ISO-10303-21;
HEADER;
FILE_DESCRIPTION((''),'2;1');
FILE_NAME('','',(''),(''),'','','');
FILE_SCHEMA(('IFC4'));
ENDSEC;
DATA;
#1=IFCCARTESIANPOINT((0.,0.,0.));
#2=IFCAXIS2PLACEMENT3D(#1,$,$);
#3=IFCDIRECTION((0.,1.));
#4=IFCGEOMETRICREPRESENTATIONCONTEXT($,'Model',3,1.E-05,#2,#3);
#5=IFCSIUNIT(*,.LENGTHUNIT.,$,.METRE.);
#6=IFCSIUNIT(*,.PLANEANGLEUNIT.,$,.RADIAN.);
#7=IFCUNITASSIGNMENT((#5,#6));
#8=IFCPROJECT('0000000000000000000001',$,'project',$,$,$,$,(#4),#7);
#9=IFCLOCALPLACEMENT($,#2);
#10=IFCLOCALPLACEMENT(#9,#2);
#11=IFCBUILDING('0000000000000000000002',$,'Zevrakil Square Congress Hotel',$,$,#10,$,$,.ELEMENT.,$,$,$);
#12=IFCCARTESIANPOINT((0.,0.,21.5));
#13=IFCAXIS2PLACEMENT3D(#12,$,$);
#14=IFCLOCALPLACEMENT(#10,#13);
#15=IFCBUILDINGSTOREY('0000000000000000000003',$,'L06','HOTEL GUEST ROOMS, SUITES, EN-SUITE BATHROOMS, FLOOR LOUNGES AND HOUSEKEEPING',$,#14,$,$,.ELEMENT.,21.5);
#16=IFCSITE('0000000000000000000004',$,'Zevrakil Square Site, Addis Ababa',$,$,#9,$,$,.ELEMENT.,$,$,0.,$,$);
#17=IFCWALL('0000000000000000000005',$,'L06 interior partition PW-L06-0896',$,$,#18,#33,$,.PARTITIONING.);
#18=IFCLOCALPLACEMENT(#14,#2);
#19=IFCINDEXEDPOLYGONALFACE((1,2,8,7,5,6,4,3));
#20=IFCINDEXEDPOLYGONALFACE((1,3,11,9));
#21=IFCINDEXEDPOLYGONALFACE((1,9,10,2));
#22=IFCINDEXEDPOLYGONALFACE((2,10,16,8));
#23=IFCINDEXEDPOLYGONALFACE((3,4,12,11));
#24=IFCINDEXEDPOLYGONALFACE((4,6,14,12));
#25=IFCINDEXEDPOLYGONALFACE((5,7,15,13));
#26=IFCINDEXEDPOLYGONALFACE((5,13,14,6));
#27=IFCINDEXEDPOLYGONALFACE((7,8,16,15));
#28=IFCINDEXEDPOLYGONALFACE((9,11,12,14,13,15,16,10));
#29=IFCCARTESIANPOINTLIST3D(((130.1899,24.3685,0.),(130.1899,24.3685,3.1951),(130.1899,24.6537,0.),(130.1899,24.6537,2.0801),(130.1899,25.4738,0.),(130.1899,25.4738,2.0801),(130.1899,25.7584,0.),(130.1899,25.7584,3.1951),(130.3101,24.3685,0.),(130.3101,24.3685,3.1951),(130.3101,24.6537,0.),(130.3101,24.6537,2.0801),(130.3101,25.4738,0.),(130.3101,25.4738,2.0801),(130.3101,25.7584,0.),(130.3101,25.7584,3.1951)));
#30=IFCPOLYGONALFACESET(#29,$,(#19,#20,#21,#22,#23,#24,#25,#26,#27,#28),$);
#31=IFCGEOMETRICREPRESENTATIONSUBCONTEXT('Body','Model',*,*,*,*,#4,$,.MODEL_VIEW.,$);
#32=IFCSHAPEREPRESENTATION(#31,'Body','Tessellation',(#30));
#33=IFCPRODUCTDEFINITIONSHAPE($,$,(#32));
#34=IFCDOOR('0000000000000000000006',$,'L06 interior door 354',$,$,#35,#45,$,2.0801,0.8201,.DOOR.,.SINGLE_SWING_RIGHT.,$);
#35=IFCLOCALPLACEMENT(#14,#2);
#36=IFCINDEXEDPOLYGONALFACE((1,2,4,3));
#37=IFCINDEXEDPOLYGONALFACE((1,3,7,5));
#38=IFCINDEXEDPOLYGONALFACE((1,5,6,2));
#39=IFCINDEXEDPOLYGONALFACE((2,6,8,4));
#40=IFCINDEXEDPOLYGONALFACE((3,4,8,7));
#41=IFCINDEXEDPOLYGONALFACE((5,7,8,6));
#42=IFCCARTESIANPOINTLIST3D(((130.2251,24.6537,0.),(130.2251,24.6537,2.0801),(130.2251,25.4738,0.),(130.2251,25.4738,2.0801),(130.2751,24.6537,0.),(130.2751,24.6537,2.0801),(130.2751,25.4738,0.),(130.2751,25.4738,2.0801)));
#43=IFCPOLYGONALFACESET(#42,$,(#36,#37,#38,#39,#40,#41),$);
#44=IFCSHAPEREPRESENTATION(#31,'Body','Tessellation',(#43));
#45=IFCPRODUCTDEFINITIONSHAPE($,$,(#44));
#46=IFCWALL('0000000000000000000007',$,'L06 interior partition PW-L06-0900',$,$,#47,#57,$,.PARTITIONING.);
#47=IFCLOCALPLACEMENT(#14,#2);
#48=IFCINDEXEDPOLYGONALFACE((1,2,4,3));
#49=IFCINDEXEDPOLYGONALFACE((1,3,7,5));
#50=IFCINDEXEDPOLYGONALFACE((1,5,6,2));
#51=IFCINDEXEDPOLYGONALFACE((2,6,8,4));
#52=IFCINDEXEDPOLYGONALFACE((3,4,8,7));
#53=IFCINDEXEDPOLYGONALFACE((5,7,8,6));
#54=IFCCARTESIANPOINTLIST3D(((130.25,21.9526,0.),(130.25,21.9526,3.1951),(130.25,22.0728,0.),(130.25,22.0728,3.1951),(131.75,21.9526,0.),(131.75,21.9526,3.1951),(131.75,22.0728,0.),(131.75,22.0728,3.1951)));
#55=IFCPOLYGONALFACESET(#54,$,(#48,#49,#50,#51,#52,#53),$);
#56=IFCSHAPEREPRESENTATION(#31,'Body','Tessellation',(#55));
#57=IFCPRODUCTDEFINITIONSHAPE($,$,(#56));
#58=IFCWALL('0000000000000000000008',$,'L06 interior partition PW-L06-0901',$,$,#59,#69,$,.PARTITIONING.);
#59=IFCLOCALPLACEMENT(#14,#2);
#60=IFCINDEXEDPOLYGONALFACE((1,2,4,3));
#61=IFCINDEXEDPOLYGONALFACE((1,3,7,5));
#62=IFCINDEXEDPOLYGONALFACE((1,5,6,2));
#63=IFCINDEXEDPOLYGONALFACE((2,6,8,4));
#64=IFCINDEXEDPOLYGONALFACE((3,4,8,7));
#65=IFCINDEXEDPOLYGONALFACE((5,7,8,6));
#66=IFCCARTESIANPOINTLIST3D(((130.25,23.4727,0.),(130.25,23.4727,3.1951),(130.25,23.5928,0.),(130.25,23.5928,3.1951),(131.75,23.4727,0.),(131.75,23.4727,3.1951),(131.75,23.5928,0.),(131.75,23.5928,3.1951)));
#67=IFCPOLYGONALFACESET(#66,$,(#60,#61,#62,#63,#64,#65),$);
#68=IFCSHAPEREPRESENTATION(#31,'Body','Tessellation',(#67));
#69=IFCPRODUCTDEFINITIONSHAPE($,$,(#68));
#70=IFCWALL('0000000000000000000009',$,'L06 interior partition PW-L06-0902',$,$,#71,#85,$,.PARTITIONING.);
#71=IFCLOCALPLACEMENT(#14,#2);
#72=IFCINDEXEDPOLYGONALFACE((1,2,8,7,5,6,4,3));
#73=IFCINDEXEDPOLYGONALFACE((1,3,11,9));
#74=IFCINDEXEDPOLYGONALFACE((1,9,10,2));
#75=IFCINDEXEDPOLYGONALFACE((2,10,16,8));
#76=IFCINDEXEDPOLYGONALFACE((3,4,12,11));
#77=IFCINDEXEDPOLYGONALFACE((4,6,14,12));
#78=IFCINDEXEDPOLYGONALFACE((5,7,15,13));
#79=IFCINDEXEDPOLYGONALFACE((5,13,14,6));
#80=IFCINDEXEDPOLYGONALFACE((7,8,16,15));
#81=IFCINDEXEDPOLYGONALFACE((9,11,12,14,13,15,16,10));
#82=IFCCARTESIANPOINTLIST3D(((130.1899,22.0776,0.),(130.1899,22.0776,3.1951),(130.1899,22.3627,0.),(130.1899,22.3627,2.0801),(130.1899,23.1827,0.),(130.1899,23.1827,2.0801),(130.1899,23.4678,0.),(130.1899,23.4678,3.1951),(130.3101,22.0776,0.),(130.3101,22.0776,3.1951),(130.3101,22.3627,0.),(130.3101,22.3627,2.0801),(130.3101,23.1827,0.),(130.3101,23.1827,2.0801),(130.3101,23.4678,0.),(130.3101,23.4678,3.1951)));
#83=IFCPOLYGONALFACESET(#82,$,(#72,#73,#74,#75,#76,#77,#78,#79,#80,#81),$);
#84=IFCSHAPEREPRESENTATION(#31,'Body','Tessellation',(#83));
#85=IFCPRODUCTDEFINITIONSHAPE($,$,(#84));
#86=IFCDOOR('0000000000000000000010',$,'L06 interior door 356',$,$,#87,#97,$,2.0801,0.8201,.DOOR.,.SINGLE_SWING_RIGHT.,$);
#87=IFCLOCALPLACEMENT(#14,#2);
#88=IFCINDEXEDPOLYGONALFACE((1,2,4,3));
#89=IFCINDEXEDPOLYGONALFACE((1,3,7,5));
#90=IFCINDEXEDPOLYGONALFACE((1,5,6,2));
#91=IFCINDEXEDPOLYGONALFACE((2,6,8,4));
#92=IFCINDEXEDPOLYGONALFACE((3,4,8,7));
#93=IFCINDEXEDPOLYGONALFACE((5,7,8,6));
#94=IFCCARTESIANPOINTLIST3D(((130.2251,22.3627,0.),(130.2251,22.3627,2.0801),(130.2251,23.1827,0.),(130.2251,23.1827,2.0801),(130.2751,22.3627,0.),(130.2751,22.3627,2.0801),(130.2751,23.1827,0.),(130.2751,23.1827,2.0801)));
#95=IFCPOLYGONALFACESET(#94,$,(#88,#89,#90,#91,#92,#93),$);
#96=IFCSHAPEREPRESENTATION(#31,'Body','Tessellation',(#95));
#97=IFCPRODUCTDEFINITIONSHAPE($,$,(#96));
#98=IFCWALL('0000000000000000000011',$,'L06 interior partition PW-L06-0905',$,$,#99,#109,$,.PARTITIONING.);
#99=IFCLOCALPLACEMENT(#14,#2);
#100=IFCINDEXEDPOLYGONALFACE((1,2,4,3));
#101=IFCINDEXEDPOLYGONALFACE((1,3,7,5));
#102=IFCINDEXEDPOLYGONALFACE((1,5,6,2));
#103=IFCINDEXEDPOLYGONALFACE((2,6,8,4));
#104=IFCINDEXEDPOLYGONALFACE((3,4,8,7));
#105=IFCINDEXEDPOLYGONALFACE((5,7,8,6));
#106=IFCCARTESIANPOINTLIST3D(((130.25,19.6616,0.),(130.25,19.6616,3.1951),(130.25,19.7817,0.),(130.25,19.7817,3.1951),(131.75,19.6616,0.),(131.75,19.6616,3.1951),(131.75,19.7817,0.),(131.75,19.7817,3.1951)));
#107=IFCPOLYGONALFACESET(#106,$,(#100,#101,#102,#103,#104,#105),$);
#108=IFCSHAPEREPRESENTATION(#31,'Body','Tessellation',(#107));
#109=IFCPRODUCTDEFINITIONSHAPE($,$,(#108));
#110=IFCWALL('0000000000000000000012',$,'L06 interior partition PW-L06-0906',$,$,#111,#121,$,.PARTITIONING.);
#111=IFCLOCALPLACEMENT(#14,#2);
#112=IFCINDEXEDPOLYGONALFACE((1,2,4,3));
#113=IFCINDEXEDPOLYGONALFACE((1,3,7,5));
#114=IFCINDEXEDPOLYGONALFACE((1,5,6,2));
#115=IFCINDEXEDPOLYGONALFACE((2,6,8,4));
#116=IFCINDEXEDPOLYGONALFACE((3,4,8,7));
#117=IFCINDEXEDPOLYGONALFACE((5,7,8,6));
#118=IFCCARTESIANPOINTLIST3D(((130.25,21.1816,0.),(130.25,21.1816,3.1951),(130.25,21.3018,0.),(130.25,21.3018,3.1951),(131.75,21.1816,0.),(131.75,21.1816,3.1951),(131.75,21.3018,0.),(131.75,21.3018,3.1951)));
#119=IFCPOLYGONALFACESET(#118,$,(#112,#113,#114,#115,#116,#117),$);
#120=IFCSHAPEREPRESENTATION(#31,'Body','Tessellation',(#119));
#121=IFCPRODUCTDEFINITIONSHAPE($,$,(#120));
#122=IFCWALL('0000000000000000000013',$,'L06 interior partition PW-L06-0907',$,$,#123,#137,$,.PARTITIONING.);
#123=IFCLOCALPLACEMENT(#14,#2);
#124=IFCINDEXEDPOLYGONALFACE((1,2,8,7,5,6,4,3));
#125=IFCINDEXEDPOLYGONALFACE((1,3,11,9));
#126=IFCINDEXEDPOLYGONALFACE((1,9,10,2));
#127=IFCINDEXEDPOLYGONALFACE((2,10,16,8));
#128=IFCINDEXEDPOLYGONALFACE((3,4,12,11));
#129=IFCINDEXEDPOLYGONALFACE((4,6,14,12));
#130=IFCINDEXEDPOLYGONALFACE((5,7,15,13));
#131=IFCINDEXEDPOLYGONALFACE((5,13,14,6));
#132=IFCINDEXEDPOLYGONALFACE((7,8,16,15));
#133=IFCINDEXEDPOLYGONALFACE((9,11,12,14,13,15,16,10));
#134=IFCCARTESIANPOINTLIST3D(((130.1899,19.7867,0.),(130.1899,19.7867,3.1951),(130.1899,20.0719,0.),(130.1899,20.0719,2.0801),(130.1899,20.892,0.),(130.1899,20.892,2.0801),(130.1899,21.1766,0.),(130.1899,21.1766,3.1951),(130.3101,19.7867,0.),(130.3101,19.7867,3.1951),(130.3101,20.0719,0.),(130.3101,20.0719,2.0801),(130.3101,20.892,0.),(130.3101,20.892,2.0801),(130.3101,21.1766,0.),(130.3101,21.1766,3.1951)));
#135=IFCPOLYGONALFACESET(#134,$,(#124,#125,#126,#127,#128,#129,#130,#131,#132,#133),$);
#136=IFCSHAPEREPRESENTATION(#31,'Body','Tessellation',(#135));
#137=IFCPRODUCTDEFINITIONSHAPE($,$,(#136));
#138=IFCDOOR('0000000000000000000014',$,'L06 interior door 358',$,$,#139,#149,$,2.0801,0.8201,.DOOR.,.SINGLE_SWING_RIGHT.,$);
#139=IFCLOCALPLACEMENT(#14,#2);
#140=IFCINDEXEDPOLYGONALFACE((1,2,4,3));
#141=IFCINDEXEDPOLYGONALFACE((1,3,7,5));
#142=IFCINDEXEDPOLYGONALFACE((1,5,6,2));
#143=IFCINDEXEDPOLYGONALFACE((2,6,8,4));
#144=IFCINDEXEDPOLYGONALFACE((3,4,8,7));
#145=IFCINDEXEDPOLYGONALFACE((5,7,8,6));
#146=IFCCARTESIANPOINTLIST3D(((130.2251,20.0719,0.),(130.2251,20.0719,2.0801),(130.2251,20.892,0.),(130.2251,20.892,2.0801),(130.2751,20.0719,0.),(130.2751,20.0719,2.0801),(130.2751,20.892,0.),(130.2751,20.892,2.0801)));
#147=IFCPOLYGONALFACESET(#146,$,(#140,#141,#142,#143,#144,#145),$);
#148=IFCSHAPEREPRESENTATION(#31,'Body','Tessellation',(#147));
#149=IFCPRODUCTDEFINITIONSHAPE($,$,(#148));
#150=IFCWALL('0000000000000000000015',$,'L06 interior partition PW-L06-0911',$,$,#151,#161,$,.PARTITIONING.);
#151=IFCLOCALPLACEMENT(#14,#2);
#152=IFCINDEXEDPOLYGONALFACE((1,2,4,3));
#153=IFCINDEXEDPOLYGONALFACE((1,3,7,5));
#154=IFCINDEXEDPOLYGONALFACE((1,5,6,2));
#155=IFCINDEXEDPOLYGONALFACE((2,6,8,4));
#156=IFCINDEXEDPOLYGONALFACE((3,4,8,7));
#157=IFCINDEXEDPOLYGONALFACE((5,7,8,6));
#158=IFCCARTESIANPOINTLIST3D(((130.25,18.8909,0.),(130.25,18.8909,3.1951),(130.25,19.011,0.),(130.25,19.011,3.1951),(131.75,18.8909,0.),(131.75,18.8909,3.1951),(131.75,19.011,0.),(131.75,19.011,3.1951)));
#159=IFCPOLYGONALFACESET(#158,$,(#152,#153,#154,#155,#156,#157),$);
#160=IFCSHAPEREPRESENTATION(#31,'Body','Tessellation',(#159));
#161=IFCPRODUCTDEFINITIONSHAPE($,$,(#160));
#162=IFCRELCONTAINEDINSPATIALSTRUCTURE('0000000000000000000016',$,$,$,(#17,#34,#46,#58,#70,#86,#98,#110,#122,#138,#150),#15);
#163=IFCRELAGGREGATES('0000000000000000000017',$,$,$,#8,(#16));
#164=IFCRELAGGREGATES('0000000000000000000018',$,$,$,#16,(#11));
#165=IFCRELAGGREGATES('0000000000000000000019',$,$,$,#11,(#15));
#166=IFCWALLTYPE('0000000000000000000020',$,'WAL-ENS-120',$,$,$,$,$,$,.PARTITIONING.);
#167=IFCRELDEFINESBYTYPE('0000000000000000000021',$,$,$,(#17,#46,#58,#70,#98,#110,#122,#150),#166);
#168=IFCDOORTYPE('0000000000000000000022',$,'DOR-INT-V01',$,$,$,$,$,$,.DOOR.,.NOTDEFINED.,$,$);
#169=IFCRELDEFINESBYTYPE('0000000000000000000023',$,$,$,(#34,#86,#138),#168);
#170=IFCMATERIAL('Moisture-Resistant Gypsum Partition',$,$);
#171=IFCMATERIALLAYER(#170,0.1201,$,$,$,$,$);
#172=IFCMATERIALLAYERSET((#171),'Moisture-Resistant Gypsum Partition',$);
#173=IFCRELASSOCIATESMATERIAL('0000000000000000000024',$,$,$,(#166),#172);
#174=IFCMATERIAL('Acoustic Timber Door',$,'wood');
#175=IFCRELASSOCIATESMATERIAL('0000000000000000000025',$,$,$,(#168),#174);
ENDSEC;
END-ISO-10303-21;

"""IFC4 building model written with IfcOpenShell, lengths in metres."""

from ifc_helpers import new_model, si_unit, direction, frame, frame_2d, origin, place, context, subcontext, project, spatial, rectangle, extrude, material, layer, layer_set, type_object, element, fill, save


model = new_model("IFC4")

# Units and contexts
model_context = context("Model", 3, precision=1e-05, world=origin(), true_north=direction((0.0, 1.0)))
body_context = subcontext(model_context, "Body", "Model", "MODEL_VIEW")
ifc_project = project(units=[si_unit("LENGTHUNIT", "METRE"), si_unit("PLANEANGLEUNIT", "RADIAN")], contexts=[model_context])

# Site, building, storey
site_placement = place(None, origin())
site = spatial("IfcSite", under=ifc_project, at=site_placement, Name="Zevrakil Square Site, Addis Ababa", CompositionType="ELEMENT", RefElevation=0.0)
building_placement = place(site_placement, origin())
building = spatial("IfcBuilding", under=site, at=building_placement, Name="Zevrakil Square Congress Hotel", CompositionType="ELEMENT")
storey_placement = place(building_placement, frame((0.0, 0.0, 21.5)))
storey = spatial("IfcBuildingStorey", under=building, at=storey_placement, Name="L06", Description="HOTEL GUEST ROOMS, SUITES, EN-SUITE BATHROOMS, FLOOR LOUNGES AND HOUSEKEEPING", CompositionType="ELEMENT", Elevation=21.5)

# Shared definitions
ifc_material_1 = material(Name="Moisture-Resistant Gypsum Partition")
ifc_layer = layer(ifc_material_1, 0.1201)
ifc_layer_set = layer_set([ifc_layer], Name="Moisture-Resistant Gypsum Partition")
wall_type = type_object("IfcWallType", Name="WAL-ENS-120", PredefinedType="PARTITIONING", material=ifc_layer_set)

# Shared definitions
ifc_material_2 = material(Name="Acoustic Timber Door", Category="wood")
door_type = type_object("IfcDoorType", Name="DOR-INT-V01", OperationType="NOTDEFINED", PredefinedType="DOOR", material=ifc_material_2)

# Wall, opening, door
wall_1_placement = place(storey_placement, frame((130.25, 24.3687, 0.0), z_axis=(0.0, 0.0, 1.0), x_axis=(0.0, 1.0, 0.0)))
wall_1 = element("IfcWall", 1, at=wall_1_placement, inside=storey, type_object=wall_type, Name="L06 interior partition PW-L06-0896", PredefinedType="PARTITIONING", context=body_context, shape_type="SweptSolid", body=[
    extrude(rectangle(XDim=1.3899, YDim=0.1201, at=frame_2d((0.6948, 0.0))), origin(), (0.0, 0.0, 1.0), 3.1951),
])
opening_1_placement = place(wall_1_placement, frame((0.2849, 0.0, 0.0)))
opening_1 = element("IfcOpeningElement", 2, at=opening_1_placement, cuts=wall_1, PredefinedType="OPENING", context=body_context, shape_type="SweptSolid", body=[
    extrude(rectangle(XDim=0.8201, YDim=2.0801, at=frame_2d((0.4102, 1.04))), frame((0.0, 0.0701, 0.0), z_axis=(0.0, -1.0, 0.0), x_axis=(1.0, 0.0, 0.0)), (0.0, 0.0, 1.0), 0.1401),
])
door_1_placement = place(opening_1_placement, origin())
door_1 = element("IfcDoor", 3, at=door_1_placement, inside=storey, type_object=door_type, Name="L06 interior door 354", OperationType="SINGLE_SWING_RIGHT", OverallHeight=2.0801, OverallWidth=0.8201, PredefinedType="DOOR", context=body_context, shape_type="SweptSolid", body=[
    extrude(rectangle(XDim=0.8201, YDim=2.0801, at=frame_2d((0.4102, 1.04))), frame((0.0, 0.0249, 0.0), z_axis=(0.0, -1.0, 0.0), x_axis=(1.0, 0.0, 0.0)), (0.0, 0.0, 1.0), 0.05),
])
fill(opening_1, door_1)

# Walls
for number, where, z_axis, x_axis, name in (
    (4, (130.25, 22.0127, 0.0), (0.0, 0.0, 1.0), (1.0, 0.0, 0.0), "L06 interior partition PW-L06-0900"),
    (5, (130.25, 23.5327, 0.0), (0.0, 0.0, 1.0), (1.0, 0.0, 0.0), "L06 interior partition PW-L06-0901"),
):
    element("IfcWall", number, at=place(storey_placement, frame(where, z_axis=z_axis, x_axis=x_axis)), inside=storey, type_object=wall_type, Name=name, PredefinedType="PARTITIONING", context=body_context, shape_type="SweptSolid", body=[
        extrude(rectangle(XDim=1.5, YDim=0.1201, at=frame_2d((0.75, 0.0))), origin(), (0.0, 0.0, 1.0), 3.1951),
    ])

# Wall, opening, door
wall_2_placement = place(storey_placement, frame((130.25, 22.0776, 0.0), z_axis=(0.0, 0.0, 1.0), x_axis=(0.0, 1.0, 0.0)))
wall_2 = element("IfcWall", 6, at=wall_2_placement, inside=storey, type_object=wall_type, Name="L06 interior partition PW-L06-0902", PredefinedType="PARTITIONING", context=body_context, shape_type="SweptSolid", body=[
    extrude(rectangle(XDim=1.3901, YDim=0.1201, at=frame_2d((0.6951, 0.0))), origin(), (0.0, 0.0, 1.0), 3.1951),
])
opening_2_placement = place(wall_2_placement, frame((0.2849, 0.0, 0.0)))
opening_2 = element("IfcOpeningElement", 7, at=opening_2_placement, cuts=wall_2, PredefinedType="OPENING", context=body_context, shape_type="SweptSolid", body=[
    extrude(rectangle(XDim=0.8201, YDim=2.0801, at=frame_2d((0.4102, 1.04))), frame((0.0, 0.0701, 0.0), z_axis=(0.0, -1.0, 0.0), x_axis=(1.0, 0.0, 0.0)), (0.0, 0.0, 1.0), 0.1401),
])
door_2_placement = place(opening_2_placement, origin())
door_2 = element("IfcDoor", 8, at=door_2_placement, inside=storey, type_object=door_type, Name="L06 interior door 356", OperationType="SINGLE_SWING_RIGHT", OverallHeight=2.0801, OverallWidth=0.8201, PredefinedType="DOOR", context=body_context, shape_type="SweptSolid", body=[
    extrude(rectangle(XDim=0.8201, YDim=2.0801, at=frame_2d((0.4102, 1.04))), frame((0.0, 0.0249, 0.0), z_axis=(0.0, -1.0, 0.0), x_axis=(1.0, 0.0, 0.0)), (0.0, 0.0, 1.0), 0.05),
])
fill(opening_2, door_2)

# Walls
for number, where, z_axis, x_axis, name in (
    (9, (130.25, 19.7217, 0.0), (0.0, 0.0, 1.0), (1.0, 0.0, 0.0), "L06 interior partition PW-L06-0905"),
    (10, (130.25, 21.2417, 0.0), (0.0, 0.0, 1.0), (1.0, 0.0, 0.0), "L06 interior partition PW-L06-0906"),
):
    element("IfcWall", number, at=place(storey_placement, frame(where, z_axis=z_axis, x_axis=x_axis)), inside=storey, type_object=wall_type, Name=name, PredefinedType="PARTITIONING", context=body_context, shape_type="SweptSolid", body=[
        extrude(rectangle(XDim=1.5, YDim=0.1201, at=frame_2d((0.75, 0.0))), origin(), (0.0, 0.0, 1.0), 3.1951),
    ])

# Wall, opening, door
wall_3_placement = place(storey_placement, frame((130.25, 19.7869, 0.0), z_axis=(0.0, 0.0, 1.0), x_axis=(0.0, 1.0, 0.0)))
wall_3 = element("IfcWall", 11, at=wall_3_placement, inside=storey, type_object=wall_type, Name="L06 interior partition PW-L06-0907", PredefinedType="PARTITIONING", context=body_context, shape_type="SweptSolid", body=[
    extrude(rectangle(XDim=1.3899, YDim=0.1201, at=frame_2d((0.6948, 0.0))), origin(), (0.0, 0.0, 1.0), 3.1951),
])
opening_3_placement = place(wall_3_placement, frame((0.2849, 0.0, 0.0)))
opening_3 = element("IfcOpeningElement", 12, at=opening_3_placement, cuts=wall_3, PredefinedType="OPENING", context=body_context, shape_type="SweptSolid", body=[
    extrude(rectangle(XDim=0.8201, YDim=2.0801, at=frame_2d((0.4102, 1.04))), frame((0.0, 0.0701, 0.0), z_axis=(0.0, -1.0, 0.0), x_axis=(1.0, 0.0, 0.0)), (0.0, 0.0, 1.0), 0.1401),
])
door_3_placement = place(opening_3_placement, origin())
door_3 = element("IfcDoor", 13, at=door_3_placement, inside=storey, type_object=door_type, Name="L06 interior door 358", OperationType="SINGLE_SWING_RIGHT", OverallHeight=2.0801, OverallWidth=0.8201, PredefinedType="DOOR", context=body_context, shape_type="SweptSolid", body=[
    extrude(rectangle(XDim=0.8201, YDim=2.0801, at=frame_2d((0.4102, 1.04))), frame((0.0, 0.0249, 0.0), z_axis=(0.0, -1.0, 0.0), x_axis=(1.0, 0.0, 0.0)), (0.0, 0.0, 1.0), 0.05),
])
fill(opening_3, door_3)

# Wall
wall_4_placement = place(storey_placement, frame((130.25, 18.9509, 0.0), z_axis=(0.0, 0.0, 1.0), x_axis=(1.0, 0.0, 0.0)))
element("IfcWall", 14, at=wall_4_placement, inside=storey, type_object=wall_type, Name="L06 interior partition PW-L06-0911", PredefinedType="PARTITIONING", context=body_context, shape_type="SweptSolid", body=[
    extrude(rectangle(XDim=1.5, YDim=0.1201, at=frame_2d((0.75, 0.0))), origin(), (0.0, 0.0, 1.0), 3.1951),
])

save(model, "model.ifc")
